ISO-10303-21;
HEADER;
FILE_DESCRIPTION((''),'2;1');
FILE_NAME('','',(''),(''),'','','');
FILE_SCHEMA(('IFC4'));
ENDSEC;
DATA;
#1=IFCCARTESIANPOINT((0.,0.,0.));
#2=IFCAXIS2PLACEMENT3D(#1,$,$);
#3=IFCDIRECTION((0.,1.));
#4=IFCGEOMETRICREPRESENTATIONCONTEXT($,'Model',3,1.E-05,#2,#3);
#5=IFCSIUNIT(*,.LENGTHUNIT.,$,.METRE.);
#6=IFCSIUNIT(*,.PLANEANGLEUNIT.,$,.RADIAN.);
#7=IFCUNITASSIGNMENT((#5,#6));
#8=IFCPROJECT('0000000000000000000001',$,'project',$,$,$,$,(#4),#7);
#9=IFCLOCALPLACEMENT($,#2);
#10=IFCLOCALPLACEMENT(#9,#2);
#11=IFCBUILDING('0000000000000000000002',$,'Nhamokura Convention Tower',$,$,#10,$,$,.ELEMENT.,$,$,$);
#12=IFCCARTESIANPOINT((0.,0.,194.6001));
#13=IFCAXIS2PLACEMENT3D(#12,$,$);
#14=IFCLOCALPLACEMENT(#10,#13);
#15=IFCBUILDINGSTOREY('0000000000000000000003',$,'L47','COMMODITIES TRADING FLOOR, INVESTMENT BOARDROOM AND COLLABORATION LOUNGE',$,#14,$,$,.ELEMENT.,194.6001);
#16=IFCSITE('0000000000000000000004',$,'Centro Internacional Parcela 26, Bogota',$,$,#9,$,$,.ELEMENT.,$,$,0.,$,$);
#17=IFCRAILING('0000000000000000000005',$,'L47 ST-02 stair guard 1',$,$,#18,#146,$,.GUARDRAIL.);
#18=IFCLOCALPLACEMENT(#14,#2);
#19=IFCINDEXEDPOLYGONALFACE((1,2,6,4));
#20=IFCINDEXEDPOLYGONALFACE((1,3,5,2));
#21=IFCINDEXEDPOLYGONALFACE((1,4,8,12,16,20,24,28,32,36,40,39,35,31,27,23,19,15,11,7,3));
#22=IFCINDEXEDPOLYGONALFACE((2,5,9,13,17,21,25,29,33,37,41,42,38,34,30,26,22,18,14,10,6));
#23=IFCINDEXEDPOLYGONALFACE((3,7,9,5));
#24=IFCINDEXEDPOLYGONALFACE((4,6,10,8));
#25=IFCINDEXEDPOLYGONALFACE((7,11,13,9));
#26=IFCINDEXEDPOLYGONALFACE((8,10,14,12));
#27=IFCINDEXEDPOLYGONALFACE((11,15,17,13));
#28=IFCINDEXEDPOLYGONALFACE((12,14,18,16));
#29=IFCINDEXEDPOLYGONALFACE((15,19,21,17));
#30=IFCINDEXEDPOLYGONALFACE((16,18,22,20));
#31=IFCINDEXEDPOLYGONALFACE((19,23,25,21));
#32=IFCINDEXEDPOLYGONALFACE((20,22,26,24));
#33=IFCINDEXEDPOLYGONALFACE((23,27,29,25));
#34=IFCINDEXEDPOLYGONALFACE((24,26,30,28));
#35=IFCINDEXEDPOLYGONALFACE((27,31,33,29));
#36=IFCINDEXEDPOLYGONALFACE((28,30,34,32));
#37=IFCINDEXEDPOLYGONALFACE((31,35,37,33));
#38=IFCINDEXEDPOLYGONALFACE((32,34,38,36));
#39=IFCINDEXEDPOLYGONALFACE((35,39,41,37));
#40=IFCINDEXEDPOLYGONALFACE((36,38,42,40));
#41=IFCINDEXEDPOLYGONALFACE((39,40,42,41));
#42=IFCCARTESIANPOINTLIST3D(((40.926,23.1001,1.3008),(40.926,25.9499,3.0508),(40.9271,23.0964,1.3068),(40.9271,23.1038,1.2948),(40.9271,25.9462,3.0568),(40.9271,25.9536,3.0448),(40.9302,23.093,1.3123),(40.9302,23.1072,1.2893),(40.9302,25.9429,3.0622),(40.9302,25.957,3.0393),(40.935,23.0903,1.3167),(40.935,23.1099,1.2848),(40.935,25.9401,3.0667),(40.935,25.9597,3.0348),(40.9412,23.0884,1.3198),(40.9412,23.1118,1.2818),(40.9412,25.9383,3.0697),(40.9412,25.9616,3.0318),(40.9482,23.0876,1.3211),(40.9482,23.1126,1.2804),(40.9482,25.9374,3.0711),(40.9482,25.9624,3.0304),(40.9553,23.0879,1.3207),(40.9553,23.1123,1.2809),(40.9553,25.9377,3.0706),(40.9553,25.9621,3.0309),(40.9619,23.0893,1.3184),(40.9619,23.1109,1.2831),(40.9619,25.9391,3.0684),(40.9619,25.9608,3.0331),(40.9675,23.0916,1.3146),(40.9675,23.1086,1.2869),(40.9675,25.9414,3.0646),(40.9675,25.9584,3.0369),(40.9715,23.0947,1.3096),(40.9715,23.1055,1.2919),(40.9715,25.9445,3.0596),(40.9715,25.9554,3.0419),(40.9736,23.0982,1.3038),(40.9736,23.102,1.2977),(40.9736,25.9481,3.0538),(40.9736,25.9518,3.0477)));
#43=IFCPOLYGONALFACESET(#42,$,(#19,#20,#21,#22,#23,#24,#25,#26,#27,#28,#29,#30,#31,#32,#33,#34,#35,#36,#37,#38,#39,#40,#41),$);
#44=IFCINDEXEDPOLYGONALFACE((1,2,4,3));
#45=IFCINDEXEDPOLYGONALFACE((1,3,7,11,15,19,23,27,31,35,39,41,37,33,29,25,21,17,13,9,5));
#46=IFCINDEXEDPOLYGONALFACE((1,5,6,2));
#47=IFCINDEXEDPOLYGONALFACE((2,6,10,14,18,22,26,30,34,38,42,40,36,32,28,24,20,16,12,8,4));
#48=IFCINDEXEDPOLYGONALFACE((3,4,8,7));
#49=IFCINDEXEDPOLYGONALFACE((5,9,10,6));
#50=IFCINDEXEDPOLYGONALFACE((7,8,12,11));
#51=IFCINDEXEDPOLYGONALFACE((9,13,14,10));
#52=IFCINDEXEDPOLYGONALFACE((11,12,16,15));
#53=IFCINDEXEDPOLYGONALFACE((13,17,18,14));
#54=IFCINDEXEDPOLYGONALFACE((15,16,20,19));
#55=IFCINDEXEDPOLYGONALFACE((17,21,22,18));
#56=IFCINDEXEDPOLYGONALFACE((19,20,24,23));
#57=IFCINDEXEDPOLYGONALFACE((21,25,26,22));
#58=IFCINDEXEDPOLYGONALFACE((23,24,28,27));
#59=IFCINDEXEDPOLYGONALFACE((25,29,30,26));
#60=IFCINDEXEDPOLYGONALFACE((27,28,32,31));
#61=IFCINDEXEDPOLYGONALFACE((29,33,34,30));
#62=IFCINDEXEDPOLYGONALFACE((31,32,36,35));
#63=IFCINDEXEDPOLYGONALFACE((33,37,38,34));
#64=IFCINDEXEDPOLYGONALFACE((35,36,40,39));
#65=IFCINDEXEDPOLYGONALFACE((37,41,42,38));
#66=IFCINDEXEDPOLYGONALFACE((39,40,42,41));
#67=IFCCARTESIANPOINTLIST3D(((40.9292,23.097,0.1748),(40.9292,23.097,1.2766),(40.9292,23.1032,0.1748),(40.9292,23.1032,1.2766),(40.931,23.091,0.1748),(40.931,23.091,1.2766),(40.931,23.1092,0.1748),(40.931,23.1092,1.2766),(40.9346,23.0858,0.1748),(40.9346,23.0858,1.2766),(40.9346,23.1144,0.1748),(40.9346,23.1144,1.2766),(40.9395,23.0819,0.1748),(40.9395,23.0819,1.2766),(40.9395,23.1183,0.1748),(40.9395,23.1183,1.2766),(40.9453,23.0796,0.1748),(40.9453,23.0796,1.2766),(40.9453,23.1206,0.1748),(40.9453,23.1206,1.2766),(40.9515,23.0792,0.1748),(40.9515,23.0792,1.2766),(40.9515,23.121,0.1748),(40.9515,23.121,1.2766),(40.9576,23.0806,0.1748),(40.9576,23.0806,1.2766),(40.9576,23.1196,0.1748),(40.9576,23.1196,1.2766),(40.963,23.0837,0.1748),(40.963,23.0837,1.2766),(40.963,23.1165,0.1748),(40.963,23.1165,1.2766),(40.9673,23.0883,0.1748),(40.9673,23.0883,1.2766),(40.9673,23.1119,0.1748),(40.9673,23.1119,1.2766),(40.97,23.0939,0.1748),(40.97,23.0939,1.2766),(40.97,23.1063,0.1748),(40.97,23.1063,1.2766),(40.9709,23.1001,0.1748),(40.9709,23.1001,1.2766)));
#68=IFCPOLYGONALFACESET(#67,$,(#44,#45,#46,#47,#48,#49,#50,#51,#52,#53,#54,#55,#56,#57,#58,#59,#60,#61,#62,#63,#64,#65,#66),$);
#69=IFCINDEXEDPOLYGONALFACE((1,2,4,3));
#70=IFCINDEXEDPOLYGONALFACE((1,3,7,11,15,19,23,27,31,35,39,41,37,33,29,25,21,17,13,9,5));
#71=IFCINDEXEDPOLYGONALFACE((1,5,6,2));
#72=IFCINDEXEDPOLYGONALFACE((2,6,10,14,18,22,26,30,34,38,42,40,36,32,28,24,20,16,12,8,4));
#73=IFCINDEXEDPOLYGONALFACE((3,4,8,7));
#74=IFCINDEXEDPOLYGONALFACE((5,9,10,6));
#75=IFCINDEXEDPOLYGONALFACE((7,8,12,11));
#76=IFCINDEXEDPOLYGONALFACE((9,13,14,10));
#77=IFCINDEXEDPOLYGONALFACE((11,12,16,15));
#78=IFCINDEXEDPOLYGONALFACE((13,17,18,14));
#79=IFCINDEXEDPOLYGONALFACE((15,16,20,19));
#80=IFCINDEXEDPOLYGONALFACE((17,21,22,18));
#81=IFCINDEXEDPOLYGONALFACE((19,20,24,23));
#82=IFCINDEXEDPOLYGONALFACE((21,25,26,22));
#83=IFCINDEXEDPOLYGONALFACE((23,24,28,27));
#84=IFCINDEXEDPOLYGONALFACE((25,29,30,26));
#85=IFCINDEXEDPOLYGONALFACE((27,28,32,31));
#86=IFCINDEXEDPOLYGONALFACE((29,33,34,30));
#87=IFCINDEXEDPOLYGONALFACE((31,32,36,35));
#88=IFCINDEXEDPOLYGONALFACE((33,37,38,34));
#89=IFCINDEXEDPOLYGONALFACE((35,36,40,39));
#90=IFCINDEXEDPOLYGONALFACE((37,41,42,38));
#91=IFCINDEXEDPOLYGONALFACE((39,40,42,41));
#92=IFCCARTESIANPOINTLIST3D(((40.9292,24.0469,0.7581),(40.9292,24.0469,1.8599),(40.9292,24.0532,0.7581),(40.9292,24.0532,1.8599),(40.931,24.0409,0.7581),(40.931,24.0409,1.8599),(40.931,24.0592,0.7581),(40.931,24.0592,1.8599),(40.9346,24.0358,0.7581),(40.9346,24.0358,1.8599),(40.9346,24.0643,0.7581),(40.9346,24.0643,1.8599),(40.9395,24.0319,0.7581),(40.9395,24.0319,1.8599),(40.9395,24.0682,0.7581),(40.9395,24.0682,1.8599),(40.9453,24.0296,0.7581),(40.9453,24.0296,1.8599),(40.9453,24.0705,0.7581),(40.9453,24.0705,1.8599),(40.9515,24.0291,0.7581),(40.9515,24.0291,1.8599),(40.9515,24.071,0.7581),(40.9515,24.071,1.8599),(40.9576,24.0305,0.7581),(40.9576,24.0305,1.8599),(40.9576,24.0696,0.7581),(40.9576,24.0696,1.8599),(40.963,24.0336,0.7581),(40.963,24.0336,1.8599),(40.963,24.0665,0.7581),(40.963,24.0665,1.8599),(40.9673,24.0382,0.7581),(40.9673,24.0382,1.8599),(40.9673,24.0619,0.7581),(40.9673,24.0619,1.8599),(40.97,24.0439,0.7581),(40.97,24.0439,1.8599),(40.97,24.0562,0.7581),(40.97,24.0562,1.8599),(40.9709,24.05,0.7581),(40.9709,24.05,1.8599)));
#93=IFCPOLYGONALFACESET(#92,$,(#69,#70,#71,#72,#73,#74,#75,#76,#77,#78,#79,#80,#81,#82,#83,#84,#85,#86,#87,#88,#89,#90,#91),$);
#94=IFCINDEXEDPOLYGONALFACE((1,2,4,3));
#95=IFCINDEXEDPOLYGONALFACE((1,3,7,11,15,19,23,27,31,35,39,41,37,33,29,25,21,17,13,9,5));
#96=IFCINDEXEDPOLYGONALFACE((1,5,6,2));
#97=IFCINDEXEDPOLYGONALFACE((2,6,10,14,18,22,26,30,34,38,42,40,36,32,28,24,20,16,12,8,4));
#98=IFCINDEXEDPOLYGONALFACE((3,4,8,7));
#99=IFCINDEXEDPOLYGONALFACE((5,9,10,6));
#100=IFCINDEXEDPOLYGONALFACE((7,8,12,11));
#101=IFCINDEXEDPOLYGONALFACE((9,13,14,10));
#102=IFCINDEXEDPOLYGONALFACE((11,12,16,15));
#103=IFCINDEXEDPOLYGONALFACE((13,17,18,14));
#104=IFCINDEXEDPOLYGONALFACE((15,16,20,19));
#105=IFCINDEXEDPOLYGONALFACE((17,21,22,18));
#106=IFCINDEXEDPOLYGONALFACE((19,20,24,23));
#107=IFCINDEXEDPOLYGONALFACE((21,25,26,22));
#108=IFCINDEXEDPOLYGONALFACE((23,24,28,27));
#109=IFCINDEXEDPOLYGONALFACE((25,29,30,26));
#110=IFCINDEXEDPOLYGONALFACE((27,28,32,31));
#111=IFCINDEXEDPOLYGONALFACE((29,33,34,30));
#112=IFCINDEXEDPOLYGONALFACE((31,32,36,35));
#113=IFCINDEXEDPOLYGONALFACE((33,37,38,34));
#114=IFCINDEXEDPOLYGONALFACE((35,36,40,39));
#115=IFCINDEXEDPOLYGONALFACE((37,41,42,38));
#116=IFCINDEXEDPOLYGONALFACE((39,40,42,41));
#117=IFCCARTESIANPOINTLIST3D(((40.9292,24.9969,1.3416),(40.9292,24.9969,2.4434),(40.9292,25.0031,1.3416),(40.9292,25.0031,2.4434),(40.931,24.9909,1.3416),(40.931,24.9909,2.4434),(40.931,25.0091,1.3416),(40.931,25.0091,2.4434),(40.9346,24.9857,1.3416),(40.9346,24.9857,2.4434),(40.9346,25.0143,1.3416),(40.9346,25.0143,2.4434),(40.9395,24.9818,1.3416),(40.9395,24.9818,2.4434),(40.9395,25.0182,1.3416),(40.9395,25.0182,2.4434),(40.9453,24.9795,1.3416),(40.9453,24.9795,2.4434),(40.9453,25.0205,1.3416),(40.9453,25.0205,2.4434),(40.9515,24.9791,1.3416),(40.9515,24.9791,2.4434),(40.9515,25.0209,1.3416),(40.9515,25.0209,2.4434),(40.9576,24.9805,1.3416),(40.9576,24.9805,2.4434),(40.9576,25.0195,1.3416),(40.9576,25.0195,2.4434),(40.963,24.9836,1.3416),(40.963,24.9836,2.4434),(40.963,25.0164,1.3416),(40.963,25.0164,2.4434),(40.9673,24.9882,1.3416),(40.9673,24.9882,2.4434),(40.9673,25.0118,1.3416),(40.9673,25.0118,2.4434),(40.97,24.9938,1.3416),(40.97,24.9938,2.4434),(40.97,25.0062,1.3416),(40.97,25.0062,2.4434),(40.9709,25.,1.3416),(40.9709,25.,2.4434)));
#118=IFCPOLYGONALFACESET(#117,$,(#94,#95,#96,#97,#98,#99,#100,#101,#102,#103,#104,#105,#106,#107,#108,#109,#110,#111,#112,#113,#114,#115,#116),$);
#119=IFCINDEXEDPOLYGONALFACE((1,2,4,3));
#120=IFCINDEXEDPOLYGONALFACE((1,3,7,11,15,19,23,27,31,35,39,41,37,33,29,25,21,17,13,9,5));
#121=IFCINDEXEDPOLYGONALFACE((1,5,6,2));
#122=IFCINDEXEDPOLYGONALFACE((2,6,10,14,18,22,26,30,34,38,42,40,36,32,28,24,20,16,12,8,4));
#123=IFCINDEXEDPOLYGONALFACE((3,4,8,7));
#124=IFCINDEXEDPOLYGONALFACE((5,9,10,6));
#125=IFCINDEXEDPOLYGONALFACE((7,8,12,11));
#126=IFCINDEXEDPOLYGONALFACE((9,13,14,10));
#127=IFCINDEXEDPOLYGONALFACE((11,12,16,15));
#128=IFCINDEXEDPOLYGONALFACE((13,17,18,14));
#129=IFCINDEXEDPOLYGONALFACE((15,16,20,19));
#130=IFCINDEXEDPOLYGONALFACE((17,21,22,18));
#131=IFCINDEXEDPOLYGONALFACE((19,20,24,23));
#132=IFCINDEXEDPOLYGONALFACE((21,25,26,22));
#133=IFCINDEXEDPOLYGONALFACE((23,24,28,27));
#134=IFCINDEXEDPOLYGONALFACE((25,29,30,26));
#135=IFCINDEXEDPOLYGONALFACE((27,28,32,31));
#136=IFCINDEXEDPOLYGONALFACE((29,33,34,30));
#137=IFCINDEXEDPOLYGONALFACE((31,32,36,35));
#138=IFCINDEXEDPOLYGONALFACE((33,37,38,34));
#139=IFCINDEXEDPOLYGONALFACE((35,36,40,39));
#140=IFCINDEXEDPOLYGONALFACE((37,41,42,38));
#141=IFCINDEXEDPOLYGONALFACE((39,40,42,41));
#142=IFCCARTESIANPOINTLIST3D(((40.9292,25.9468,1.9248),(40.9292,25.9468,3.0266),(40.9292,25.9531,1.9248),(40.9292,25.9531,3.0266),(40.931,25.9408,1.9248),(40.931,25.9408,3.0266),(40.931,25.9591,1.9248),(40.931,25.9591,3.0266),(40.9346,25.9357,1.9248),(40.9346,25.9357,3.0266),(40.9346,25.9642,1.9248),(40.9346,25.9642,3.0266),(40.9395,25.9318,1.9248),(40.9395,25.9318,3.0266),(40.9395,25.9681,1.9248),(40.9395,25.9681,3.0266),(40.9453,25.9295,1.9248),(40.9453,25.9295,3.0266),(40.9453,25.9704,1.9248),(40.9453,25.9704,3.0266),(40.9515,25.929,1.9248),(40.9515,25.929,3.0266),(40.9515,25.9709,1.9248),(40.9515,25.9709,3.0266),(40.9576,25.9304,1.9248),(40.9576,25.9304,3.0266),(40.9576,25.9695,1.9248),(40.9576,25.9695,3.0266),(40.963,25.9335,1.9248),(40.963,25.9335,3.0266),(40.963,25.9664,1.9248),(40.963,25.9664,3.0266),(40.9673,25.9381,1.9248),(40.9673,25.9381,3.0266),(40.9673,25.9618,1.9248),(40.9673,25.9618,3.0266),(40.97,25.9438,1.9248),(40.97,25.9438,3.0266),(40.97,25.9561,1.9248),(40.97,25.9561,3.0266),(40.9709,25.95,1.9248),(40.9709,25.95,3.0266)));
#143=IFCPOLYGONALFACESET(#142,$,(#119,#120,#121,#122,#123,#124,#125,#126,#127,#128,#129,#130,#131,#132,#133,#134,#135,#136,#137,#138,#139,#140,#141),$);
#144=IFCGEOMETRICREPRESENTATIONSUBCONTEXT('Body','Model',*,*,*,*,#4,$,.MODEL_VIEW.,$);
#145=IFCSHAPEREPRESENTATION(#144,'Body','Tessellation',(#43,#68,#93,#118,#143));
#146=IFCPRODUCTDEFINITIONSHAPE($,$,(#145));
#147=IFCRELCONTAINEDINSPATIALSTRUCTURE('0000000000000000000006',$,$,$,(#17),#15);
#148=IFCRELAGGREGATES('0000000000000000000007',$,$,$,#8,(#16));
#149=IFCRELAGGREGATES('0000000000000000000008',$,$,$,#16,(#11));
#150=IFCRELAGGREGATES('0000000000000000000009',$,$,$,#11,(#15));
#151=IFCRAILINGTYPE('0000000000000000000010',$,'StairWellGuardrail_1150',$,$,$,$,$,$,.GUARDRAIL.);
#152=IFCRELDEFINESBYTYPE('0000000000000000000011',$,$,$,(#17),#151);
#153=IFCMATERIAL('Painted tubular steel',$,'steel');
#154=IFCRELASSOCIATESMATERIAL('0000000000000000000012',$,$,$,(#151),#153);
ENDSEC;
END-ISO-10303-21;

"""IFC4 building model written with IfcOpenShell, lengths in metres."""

from ifc_helpers import new_model, si_unit, direction, frame, origin, origin_2d, place, context, subcontext, project, spatial, circle, extrude, material, type_object, element, save


model = new_model("IFC4")

# Units and contexts
model_context = context("Model", 3, precision=1e-05, world=origin(), true_north=direction((0.0, 1.0)))
body_context = subcontext(model_context, "Body", "Model", "MODEL_VIEW")
ifc_project = project(units=[si_unit("LENGTHUNIT", "METRE"), si_unit("PLANEANGLEUNIT", "RADIAN")], contexts=[model_context])

# Site, building, storey
site_placement = place(None, origin())
site = spatial("IfcSite", under=ifc_project, at=site_placement, Name="Centro Internacional Parcela 26, Bogota", CompositionType="ELEMENT", RefElevation=0.0)
building_placement = place(site_placement, origin())
building = spatial("IfcBuilding", under=site, at=building_placement, Name="Nhamokura Convention Tower", CompositionType="ELEMENT")
storey_placement = place(building_placement, frame((0.0, 0.0, 194.6001)))
storey = spatial("IfcBuildingStorey", under=building, at=storey_placement, Name="L47", Description="COMMODITIES TRADING FLOOR, INVESTMENT BOARDROOM AND COLLABORATION LOUNGE", CompositionType="ELEMENT", Elevation=194.6001)

# Railing
ifc_material_1 = material(Name="Painted tubular steel", Category="steel")
railing_type_1 = type_object("IfcRailingType", Name="StairWellGuardrail_1150", PredefinedType="GUARDRAIL", material=ifc_material_1)
railing_1_placement = place(storey_placement, frame((40.95, 23.1001, 0.1748)))
element("IfcRailing", 1, at=railing_1_placement, inside=storey, type_object=railing_type_1, Name="L47 ST-02 stair guard 1", PredefinedType="GUARDRAIL", context=body_context, shape_type="SweptSolid", body=[
    extrude(circle(Radius=0.0239, at=origin_2d()), frame((0.0, 0.0, 1.126), z_axis=(0.0, 0.852159, 0.523283), x_axis=(-1.0, 0.0, 0.0)), (0.0, 0.0, 1.0), 3.3442),
    extrude(circle(Radius=0.021, at=origin_2d()), origin(), (0.0, 0.0, 1.0), 1.1018),
    extrude(circle(Radius=0.021, at=origin_2d()), frame((0.0, 0.95, 0.5833)), (0.0, 0.0, 1.0), 1.1018),
    extrude(circle(Radius=0.021, at=origin_2d()), frame((0.0, 1.8999, 1.1667)), (0.0, 0.0, 1.0), 1.1018),
    extrude(circle(Radius=0.021, at=origin_2d()), frame((0.0, 2.8499, 1.75)), (0.0, 0.0, 1.0), 1.1018),
])

save(model, "model.ifc")
